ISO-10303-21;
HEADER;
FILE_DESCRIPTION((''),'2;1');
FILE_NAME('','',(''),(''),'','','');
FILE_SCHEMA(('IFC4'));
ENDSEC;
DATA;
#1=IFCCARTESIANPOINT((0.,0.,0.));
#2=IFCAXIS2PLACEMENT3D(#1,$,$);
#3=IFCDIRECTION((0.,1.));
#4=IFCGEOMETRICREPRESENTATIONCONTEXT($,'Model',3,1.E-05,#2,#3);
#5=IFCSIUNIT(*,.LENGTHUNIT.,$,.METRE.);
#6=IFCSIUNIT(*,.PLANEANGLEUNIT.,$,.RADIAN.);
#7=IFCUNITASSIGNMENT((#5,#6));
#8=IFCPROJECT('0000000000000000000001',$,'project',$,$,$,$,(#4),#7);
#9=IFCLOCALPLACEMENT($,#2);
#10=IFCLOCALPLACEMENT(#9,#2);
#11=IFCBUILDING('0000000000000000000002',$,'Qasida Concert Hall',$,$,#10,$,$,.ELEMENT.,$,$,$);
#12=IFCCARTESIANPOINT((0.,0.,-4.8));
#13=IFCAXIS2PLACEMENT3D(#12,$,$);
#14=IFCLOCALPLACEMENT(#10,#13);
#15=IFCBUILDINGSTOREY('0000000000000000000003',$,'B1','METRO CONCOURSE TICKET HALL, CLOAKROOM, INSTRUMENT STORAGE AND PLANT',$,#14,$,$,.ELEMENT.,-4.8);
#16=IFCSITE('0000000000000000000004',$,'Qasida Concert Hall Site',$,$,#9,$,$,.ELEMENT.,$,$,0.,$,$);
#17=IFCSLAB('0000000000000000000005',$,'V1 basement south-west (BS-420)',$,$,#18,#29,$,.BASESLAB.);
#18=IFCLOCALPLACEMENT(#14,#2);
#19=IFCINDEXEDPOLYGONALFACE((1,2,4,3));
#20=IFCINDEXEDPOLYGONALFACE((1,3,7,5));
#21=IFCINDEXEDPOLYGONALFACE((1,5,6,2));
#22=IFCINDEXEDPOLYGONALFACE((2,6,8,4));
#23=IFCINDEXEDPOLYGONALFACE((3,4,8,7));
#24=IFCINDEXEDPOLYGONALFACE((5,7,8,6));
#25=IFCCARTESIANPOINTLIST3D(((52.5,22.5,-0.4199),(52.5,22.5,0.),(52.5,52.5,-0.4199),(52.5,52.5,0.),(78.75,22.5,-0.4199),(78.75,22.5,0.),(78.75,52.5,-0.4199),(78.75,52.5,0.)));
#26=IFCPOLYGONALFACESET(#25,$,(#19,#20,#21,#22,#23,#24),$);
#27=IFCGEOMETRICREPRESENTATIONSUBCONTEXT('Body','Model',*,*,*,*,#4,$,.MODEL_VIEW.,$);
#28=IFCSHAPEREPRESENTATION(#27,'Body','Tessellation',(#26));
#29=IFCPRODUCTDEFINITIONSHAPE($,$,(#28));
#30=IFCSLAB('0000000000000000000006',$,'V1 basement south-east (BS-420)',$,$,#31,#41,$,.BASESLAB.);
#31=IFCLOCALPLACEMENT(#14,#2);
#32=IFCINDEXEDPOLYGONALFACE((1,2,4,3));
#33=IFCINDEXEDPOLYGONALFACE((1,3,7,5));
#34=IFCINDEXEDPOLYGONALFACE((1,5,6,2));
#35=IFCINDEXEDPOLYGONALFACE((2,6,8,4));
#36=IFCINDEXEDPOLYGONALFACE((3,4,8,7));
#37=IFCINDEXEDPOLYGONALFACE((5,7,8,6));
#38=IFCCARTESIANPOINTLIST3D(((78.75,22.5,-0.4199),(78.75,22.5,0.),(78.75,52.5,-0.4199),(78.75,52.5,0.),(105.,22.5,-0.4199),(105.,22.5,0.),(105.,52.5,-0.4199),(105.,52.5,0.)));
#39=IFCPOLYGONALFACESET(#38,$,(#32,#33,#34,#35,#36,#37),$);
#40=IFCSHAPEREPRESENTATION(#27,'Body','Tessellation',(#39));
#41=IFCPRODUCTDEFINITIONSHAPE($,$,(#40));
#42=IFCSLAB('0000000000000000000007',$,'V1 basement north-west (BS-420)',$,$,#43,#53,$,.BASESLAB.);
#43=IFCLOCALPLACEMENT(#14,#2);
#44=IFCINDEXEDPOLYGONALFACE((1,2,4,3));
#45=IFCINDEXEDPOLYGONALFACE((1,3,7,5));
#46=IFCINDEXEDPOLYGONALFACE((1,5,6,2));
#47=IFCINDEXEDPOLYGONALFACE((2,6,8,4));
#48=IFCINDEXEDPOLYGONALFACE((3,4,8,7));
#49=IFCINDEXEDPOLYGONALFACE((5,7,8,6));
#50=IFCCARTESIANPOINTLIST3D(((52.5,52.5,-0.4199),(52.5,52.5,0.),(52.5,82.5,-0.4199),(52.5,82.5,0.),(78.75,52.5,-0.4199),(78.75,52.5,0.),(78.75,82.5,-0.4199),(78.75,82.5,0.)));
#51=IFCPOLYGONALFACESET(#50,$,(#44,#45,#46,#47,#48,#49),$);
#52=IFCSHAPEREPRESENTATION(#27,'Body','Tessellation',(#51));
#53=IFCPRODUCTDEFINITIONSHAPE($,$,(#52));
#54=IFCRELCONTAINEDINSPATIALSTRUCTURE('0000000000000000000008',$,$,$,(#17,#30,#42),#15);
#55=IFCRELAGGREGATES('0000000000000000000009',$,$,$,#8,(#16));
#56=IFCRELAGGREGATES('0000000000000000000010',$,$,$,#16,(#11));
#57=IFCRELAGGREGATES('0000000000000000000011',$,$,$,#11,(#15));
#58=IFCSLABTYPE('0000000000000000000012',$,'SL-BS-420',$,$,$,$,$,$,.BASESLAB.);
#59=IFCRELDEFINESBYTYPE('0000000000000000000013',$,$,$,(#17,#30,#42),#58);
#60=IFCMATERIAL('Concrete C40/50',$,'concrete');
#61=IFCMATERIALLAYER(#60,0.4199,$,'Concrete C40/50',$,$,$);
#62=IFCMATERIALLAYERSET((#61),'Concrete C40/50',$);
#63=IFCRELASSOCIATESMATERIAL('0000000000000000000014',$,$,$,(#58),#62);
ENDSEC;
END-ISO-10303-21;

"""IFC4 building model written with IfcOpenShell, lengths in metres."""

from ifc_helpers import new_model, si_unit, direction, frame, origin, place, context, subcontext, project, spatial, polyline, outline, extrude, material, layer, layer_set, type_object, element, save


model = new_model("IFC4")

# Units and contexts
model_context = context("Model", 3, precision=1e-05, world=origin(), true_north=direction((0.0, 1.0)))
body_context = subcontext(model_context, "Body", "Model", "MODEL_VIEW")
ifc_project = project(units=[si_unit("LENGTHUNIT", "METRE"), si_unit("PLANEANGLEUNIT", "RADIAN")], contexts=[model_context])

# Site, building, storey
site_placement = place(None, origin())
site = spatial("IfcSite", under=ifc_project, at=site_placement, Name="Qasida Concert Hall Site", CompositionType="ELEMENT", RefElevation=0.0)
building_placement = place(site_placement, origin())
building = spatial("IfcBuilding", under=site, at=building_placement, Name="Qasida Concert Hall", CompositionType="ELEMENT")
storey_placement = place(building_placement, frame((0.0, 0.0, -4.8)))
storey = spatial("IfcBuildingStorey", under=building, at=storey_placement, Name="B1", Description="METRO CONCOURSE TICKET HALL, CLOAKROOM, INSTRUMENT STORAGE AND PLANT", CompositionType="ELEMENT", Elevation=-4.8)

# Shared definitions
ifc_material_1 = material(Name="Concrete C40/50", Category="concrete")

# Slabs
ifc_layer = layer(ifc_material_1, 0.4199, Name="Concrete C40/50")
ifc_layer_set = layer_set([ifc_layer], Name="Concrete C40/50")
slab_type = type_object("IfcSlabType", Name="SL-BS-420", PredefinedType="BASESLAB", material=ifc_layer_set)
slab_1_placement = place(storey_placement, frame((0.0, 0.0, -0.4199)))
element("IfcSlab", 1, at=slab_1_placement, inside=storey, type_object=slab_type, Name="V1 basement south-west (BS-420)", PredefinedType="BASESLAB", context=body_context, shape_type="SweptSolid", body=[
    extrude(outline(polyline([(52.5, 22.5), (78.75, 22.5), (78.75, 52.5), (52.5, 52.5), (52.5, 22.5)])), origin(), (0.0, 0.0, 1.0), 0.4199),
])
slab_2_placement = place(storey_placement, frame((0.0, 0.0, -0.4199)))
element("IfcSlab", 2, at=slab_2_placement, inside=storey, type_object=slab_type, Name="V1 basement south-east (BS-420)", PredefinedType="BASESLAB", context=body_context, shape_type="SweptSolid", body=[
    extrude(outline(polyline([(78.75, 22.5), (105.0, 22.5), (105.0, 52.5), (78.75, 52.5), (78.75, 22.5)])), origin(), (0.0, 0.0, 1.0), 0.4199),
])
slab_3_placement = place(storey_placement, frame((0.0, 0.0, -0.4199)))
element("IfcSlab", 3, at=slab_3_placement, inside=storey, type_object=slab_type, Name="V1 basement north-west (BS-420)", PredefinedType="BASESLAB", context=body_context, shape_type="SweptSolid", body=[
    extrude(outline(polyline([(52.5, 52.5), (78.75, 52.5), (78.75, 82.5), (52.5, 82.5), (52.5, 52.5)])), origin(), (0.0, 0.0, 1.0), 0.4199),
])

save(model, "model.ifc")
